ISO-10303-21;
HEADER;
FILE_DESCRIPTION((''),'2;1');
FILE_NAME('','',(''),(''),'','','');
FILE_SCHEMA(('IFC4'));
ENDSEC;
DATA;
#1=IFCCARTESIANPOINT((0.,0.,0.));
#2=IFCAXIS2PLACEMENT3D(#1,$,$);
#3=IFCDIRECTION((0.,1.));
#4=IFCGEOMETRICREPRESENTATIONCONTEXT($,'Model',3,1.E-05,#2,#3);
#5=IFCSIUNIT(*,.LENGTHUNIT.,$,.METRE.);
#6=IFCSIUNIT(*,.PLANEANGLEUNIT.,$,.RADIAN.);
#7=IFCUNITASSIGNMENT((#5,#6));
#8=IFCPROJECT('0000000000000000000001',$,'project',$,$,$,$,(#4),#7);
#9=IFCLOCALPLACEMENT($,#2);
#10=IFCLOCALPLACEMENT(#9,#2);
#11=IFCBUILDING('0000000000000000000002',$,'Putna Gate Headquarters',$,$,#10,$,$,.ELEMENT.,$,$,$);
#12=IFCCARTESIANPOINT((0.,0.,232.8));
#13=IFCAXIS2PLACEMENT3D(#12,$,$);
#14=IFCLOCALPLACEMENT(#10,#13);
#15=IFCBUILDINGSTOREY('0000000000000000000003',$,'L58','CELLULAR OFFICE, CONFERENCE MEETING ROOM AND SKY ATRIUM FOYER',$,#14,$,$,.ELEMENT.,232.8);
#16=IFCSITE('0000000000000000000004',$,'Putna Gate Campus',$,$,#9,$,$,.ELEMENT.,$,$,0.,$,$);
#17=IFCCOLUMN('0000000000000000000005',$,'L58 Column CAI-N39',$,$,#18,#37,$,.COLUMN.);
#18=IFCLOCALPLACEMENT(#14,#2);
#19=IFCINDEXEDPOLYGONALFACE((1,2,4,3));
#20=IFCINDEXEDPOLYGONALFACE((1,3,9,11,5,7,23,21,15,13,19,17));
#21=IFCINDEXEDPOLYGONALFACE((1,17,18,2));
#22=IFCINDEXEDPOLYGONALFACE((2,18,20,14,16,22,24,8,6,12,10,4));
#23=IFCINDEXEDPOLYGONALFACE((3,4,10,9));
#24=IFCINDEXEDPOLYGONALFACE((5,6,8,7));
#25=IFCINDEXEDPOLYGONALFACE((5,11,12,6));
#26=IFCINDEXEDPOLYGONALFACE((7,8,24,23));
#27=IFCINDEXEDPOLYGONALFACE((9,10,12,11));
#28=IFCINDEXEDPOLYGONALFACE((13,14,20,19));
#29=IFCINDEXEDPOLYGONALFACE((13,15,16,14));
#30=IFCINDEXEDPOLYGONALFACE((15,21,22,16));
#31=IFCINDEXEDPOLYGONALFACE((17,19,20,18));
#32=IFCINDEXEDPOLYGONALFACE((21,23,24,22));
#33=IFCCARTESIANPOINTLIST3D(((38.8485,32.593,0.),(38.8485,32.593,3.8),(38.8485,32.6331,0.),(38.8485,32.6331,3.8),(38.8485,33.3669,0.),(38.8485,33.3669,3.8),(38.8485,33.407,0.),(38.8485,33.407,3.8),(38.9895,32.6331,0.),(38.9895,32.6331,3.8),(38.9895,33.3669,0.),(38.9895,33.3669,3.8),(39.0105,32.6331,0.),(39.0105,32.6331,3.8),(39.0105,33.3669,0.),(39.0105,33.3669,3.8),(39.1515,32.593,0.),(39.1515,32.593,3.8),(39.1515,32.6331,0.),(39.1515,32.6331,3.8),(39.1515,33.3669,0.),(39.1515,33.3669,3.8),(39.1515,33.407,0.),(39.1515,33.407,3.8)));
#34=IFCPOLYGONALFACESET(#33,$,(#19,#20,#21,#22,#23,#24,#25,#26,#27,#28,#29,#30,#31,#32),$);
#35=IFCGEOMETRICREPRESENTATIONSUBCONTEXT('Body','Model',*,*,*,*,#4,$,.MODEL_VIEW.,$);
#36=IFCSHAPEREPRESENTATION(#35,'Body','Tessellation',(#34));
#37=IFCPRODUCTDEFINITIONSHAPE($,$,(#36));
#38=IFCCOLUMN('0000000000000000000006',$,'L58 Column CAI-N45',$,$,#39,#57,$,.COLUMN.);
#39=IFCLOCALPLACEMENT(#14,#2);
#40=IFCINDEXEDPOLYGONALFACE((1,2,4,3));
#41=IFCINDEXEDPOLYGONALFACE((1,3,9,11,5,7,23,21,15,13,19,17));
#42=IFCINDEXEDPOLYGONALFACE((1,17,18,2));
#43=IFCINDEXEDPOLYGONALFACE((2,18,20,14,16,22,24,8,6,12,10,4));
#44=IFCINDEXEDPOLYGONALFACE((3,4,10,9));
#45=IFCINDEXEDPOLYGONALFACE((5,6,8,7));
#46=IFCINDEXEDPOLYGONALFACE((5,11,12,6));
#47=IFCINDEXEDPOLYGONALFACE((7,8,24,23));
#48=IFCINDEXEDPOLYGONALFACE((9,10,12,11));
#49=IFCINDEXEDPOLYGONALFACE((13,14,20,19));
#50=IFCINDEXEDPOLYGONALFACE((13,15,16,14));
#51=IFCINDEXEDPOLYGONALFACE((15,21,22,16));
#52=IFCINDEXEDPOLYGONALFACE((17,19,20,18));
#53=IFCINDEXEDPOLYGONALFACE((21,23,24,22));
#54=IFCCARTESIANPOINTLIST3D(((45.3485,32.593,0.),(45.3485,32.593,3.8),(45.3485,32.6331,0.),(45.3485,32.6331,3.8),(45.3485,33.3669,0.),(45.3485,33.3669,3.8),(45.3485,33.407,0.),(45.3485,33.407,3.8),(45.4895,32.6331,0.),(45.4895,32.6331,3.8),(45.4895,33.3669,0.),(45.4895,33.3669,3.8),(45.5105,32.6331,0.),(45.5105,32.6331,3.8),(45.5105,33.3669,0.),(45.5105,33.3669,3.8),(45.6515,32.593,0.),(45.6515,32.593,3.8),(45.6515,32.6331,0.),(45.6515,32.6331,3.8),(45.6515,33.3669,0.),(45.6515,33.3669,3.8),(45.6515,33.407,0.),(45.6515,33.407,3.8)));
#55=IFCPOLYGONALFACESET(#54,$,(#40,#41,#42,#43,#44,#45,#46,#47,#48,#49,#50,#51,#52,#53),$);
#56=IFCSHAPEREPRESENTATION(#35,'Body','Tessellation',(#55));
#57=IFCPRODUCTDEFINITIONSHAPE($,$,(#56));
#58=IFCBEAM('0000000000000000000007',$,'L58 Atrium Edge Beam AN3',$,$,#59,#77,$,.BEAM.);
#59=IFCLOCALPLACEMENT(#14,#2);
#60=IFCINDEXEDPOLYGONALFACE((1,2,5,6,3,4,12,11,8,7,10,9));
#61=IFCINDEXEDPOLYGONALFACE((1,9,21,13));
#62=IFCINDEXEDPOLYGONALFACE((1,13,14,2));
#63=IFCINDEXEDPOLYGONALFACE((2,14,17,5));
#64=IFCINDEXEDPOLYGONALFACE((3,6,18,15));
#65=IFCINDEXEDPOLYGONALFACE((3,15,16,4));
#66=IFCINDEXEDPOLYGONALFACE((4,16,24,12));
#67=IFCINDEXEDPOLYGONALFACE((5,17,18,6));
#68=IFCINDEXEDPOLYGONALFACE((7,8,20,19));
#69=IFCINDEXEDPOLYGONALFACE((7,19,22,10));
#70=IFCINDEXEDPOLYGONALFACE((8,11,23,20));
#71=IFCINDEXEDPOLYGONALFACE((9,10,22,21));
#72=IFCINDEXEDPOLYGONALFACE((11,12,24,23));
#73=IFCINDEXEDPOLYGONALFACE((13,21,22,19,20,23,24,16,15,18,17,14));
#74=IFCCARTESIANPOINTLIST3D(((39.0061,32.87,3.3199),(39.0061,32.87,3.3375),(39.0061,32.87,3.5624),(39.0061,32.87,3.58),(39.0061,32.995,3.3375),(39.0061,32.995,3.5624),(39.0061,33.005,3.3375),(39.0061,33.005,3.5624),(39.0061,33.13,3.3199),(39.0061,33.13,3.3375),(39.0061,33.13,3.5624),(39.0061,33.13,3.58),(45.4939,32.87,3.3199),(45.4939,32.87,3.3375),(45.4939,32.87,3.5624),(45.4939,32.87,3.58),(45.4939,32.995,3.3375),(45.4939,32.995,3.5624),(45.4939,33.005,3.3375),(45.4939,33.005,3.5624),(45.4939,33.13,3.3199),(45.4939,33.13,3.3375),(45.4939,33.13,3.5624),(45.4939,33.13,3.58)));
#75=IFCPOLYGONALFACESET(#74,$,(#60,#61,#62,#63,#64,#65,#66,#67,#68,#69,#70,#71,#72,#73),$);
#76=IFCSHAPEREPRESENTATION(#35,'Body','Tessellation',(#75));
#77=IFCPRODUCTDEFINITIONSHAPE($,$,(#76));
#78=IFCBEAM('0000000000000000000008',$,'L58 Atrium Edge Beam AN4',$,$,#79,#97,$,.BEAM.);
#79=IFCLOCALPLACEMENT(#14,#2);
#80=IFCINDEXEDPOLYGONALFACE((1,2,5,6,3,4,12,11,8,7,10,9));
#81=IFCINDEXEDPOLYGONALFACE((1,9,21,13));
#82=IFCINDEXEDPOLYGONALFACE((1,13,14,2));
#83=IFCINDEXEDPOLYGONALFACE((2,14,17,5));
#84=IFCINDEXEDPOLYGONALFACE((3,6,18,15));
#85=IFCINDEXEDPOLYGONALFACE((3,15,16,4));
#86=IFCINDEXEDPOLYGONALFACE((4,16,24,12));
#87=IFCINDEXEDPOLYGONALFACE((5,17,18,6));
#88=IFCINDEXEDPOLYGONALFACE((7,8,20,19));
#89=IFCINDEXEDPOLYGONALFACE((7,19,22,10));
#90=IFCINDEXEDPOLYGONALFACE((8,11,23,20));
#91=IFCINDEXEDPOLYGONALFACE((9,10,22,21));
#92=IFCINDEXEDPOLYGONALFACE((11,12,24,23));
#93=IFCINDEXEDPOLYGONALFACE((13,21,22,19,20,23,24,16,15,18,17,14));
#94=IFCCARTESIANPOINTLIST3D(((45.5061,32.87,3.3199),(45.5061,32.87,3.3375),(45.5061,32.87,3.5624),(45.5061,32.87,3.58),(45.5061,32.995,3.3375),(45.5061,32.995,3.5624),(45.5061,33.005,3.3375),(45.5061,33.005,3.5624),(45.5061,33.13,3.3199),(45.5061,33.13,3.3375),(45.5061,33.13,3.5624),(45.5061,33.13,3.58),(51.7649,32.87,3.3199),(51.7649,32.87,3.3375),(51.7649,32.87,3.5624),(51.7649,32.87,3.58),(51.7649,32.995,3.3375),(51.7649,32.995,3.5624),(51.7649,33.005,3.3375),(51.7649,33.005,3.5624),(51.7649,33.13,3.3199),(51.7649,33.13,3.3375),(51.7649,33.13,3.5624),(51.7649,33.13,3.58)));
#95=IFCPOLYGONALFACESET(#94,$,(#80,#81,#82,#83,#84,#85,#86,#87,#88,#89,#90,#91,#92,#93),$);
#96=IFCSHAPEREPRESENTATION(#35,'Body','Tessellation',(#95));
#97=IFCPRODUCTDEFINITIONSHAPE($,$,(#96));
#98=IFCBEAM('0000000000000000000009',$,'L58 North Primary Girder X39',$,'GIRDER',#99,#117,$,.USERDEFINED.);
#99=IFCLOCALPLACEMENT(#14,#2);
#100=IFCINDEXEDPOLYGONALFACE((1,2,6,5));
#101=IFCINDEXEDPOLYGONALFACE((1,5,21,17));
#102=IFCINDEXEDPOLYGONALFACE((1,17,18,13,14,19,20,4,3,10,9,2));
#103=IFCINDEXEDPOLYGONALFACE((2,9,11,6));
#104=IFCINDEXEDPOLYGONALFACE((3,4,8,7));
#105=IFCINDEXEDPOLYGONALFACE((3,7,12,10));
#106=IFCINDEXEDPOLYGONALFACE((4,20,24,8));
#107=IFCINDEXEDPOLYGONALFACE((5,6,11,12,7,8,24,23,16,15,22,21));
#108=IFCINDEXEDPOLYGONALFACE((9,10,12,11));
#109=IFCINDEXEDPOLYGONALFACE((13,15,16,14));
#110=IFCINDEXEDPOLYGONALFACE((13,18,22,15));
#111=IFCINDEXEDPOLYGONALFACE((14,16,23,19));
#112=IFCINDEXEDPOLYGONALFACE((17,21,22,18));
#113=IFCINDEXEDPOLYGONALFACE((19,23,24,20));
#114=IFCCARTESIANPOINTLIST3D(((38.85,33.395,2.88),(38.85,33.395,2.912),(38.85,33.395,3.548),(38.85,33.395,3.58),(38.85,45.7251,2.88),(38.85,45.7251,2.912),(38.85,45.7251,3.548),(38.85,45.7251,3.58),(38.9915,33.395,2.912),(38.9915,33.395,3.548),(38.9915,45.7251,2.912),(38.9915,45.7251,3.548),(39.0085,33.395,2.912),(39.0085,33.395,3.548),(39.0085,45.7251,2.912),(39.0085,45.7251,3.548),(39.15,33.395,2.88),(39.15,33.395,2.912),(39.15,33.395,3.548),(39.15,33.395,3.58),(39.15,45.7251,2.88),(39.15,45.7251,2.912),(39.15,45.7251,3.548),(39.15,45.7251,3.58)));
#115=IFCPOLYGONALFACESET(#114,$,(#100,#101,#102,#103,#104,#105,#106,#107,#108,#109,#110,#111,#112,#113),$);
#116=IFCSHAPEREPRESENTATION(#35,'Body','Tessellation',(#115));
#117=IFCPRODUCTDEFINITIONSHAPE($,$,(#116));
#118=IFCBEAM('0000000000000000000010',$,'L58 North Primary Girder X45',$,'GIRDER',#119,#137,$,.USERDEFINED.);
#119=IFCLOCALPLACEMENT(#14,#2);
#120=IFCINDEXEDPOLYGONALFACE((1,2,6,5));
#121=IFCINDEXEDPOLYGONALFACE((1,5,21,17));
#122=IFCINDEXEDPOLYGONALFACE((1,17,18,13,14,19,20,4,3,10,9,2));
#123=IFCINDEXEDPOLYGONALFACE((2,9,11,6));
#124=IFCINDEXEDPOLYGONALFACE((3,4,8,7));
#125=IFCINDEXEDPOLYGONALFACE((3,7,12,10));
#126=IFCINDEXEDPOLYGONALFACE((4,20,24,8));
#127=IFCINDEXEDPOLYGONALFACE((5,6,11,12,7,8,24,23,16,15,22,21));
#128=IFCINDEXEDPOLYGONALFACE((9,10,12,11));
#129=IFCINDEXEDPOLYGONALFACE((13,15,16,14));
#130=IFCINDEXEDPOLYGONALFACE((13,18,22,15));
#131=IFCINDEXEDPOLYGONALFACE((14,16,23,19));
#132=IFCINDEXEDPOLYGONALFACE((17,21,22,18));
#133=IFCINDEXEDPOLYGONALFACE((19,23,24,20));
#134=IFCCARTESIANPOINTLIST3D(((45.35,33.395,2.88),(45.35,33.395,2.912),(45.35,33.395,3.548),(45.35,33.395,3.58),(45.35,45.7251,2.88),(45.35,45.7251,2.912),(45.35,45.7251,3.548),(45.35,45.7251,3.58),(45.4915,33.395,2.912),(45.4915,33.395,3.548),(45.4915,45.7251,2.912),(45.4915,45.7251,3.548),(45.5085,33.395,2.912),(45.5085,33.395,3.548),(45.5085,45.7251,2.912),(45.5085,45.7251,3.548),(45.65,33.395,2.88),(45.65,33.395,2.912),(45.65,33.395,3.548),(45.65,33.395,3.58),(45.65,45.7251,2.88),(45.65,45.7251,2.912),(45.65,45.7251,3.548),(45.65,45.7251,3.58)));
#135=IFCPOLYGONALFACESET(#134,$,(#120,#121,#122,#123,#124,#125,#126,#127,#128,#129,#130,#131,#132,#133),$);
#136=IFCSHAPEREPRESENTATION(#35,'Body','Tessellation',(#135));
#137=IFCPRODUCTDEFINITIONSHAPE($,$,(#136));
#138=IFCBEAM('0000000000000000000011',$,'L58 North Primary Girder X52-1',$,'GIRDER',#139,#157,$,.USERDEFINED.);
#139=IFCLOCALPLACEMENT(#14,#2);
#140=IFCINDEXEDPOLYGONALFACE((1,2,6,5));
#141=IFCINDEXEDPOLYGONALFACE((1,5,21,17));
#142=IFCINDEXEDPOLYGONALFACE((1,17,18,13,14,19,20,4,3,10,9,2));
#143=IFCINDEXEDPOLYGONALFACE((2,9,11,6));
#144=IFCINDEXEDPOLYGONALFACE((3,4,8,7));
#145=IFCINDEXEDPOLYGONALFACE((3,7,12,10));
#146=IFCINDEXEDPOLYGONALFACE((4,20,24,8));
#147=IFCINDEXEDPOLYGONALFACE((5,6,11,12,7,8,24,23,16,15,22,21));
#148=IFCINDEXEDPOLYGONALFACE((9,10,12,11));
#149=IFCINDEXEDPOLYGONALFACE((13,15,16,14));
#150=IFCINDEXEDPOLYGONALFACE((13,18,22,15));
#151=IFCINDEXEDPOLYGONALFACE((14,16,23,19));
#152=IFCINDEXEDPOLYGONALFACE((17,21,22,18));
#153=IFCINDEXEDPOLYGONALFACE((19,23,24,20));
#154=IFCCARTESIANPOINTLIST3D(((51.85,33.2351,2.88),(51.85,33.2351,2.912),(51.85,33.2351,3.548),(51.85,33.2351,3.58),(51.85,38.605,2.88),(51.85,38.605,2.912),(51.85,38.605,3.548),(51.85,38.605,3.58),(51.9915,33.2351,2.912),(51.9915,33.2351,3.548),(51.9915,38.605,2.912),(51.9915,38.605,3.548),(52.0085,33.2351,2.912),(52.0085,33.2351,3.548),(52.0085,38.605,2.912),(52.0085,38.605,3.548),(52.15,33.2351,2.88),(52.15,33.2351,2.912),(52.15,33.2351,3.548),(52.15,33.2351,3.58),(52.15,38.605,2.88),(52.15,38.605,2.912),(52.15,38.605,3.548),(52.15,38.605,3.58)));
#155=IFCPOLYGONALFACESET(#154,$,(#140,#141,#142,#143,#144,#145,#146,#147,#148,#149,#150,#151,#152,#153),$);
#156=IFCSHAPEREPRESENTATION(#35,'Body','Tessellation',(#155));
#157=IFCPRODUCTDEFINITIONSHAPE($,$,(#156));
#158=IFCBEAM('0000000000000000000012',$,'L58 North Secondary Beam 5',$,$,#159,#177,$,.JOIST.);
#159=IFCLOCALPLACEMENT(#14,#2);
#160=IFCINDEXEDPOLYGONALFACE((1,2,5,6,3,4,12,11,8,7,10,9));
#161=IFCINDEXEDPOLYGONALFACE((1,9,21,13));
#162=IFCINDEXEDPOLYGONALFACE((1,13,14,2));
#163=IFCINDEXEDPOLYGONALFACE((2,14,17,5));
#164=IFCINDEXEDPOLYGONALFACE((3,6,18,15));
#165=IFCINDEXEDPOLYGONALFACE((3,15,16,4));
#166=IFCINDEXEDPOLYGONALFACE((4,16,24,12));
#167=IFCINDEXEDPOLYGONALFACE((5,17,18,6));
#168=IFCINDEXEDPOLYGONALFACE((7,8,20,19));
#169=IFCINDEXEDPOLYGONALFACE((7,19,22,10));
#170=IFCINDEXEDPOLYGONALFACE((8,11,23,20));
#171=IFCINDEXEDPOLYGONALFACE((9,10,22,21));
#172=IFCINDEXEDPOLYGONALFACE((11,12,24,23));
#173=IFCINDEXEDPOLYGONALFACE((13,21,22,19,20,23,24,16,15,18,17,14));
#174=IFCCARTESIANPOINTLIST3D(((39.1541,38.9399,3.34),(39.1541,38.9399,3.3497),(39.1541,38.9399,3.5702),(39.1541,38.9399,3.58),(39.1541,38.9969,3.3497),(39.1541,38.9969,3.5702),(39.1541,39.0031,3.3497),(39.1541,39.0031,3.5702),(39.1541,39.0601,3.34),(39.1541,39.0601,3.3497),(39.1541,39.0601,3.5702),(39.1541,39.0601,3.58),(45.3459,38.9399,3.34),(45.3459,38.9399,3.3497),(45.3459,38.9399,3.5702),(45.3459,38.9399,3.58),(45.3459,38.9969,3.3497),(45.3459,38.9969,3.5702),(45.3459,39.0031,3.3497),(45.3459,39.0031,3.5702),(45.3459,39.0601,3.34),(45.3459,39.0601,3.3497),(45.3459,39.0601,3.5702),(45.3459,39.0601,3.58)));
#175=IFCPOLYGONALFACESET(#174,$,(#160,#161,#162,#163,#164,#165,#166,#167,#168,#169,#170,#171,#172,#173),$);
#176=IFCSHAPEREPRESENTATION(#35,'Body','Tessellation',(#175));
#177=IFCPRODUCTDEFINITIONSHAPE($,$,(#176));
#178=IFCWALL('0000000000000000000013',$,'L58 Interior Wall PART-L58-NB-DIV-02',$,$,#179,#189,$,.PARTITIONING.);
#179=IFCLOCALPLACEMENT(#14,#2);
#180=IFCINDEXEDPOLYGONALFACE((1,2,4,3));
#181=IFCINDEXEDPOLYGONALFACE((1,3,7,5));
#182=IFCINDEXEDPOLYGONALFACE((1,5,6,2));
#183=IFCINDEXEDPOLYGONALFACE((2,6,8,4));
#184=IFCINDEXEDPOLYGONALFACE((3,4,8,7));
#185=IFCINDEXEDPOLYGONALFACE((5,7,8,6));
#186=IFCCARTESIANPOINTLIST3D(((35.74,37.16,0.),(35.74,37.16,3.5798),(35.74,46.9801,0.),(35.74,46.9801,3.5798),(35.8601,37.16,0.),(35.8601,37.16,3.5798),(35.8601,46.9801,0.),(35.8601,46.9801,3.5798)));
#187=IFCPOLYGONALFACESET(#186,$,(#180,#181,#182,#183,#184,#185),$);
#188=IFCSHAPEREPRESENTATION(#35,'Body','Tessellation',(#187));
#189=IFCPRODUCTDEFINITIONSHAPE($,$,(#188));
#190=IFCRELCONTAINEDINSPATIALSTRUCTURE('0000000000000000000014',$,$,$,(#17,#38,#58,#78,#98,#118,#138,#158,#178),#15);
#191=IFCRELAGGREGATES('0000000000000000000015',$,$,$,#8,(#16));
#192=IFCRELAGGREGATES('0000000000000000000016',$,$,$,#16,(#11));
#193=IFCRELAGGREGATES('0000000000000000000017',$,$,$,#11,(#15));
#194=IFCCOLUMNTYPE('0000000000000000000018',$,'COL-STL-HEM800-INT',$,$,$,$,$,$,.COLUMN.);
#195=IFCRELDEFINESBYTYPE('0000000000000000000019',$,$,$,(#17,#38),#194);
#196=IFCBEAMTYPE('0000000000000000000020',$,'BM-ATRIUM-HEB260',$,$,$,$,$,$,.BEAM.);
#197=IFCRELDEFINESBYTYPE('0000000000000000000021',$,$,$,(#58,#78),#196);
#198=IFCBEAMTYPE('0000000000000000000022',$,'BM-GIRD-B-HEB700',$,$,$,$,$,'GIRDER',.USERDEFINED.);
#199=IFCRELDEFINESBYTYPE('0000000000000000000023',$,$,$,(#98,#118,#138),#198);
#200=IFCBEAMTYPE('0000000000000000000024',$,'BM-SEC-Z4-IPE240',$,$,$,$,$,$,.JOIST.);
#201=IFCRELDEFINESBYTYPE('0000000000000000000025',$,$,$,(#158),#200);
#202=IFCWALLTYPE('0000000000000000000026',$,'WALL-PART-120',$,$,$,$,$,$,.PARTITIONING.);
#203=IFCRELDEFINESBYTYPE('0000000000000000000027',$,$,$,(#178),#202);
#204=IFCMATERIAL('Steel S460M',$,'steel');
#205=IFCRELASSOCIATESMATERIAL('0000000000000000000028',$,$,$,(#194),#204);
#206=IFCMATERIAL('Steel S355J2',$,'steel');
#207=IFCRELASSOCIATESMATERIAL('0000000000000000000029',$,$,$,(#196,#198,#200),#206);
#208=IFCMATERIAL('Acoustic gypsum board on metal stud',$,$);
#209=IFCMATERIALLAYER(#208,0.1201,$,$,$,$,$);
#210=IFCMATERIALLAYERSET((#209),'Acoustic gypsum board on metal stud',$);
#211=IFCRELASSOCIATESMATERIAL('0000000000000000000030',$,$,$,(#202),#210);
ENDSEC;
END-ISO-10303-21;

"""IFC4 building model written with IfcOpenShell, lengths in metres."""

from ifc_helpers import new_model, si_unit, direction, frame, frame_2d, origin, origin_2d, place, context, subcontext, project, spatial, rectangle, i_section, extrude, material, layer, layer_set, material_profile, profile_set, type_object, element, save


model = new_model("IFC4")

# Units and contexts
model_context = context("Model", 3, precision=1e-05, world=origin(), true_north=direction((0.0, 1.0)))
body_context = subcontext(model_context, "Body", "Model", "MODEL_VIEW")
ifc_project = project(units=[si_unit("LENGTHUNIT", "METRE"), si_unit("PLANEANGLEUNIT", "RADIAN")], contexts=[model_context])

# Site, building, storey
site_placement = place(None, origin())
site = spatial("IfcSite", under=ifc_project, at=site_placement, Name="Putna Gate Campus", CompositionType="ELEMENT", RefElevation=0.0)
building_placement = place(site_placement, origin())
building = spatial("IfcBuilding", under=site, at=building_placement, Name="Putna Gate Headquarters", CompositionType="ELEMENT")
storey_placement = place(building_placement, frame((0.0, 0.0, 232.8)))
storey = spatial("IfcBuildingStorey", under=building, at=storey_placement, Name="L58", Description="CELLULAR OFFICE, CONFERENCE MEETING ROOM AND SKY ATRIUM FOYER", CompositionType="ELEMENT", Elevation=232.8)

# Columns
ifc_material_1 = material(Name="Steel S460M", Category="steel")
ifc_material_profile_1 = material_profile(ifc_material_1, i_section(OverallWidth=0.303, OverallDepth=0.814, WebThickness=0.021, FlangeThickness=0.04, at=origin_2d()), Name="Steel S460M")
ifc_profile_set_1 = profile_set([ifc_material_profile_1], Name="Steel S460M")
column_type = type_object("IfcColumnType", Name="COL-STL-HEM800-INT", PredefinedType="COLUMN", material=ifc_profile_set_1)
for number, where, z_axis, x_axis, name in (
    (1, (39.0, 33.0, 0.0), (0.0, 0.0, 1.0), (1.0, 0.0, 0.0), "L58 Column CAI-N39"),
    (2, (45.5, 33.0, 0.0), (0.0, 0.0, 1.0), (1.0, 0.0, 0.0), "L58 Column CAI-N45"),
):
    element("IfcColumn", number, at=place(storey_placement, frame(where, z_axis=z_axis, x_axis=x_axis)), inside=storey, type_object=column_type, Name=name, PredefinedType="COLUMN", context=body_context, shape_type="SweptSolid", body=[
        extrude(i_section(OverallWidth=0.303, OverallDepth=0.814, WebThickness=0.021, FlangeThickness=0.04, at=origin_2d()), origin(), (0.0, 0.0, 1.0), 3.8),
    ])

# Beams
ifc_material_2 = material(Name="Steel S355J2", Category="steel")
ifc_material_profile_2 = material_profile(ifc_material_2, i_section(OverallWidth=0.26, OverallDepth=0.26, WebThickness=0.01, FlangeThickness=0.0176, at=origin_2d()), Name="Steel S355J2")
ifc_profile_set_2 = profile_set([ifc_material_profile_2], Name="Steel S355J2")
beam_type_1 = type_object("IfcBeamType", Name="BM-ATRIUM-HEB260", PredefinedType="BEAM", material=ifc_profile_set_2)
beam_1_placement = place(storey_placement, frame((39.0061, 33.0, 3.45), z_axis=(1.0, 0.0, 0.0), x_axis=(0.0, 1.0, 0.0)))
element("IfcBeam", 3, at=beam_1_placement, inside=storey, type_object=beam_type_1, Name="L58 Atrium Edge Beam AN3", PredefinedType="BEAM", context=body_context, shape_type="SweptSolid", body=[
    extrude(i_section(OverallWidth=0.26, OverallDepth=0.26, WebThickness=0.01, FlangeThickness=0.0176, at=origin_2d()), origin(), (0.0, 0.0, 1.0), 6.4878),
])
beam_2_placement = place(storey_placement, frame((45.5061, 33.0, 3.45), z_axis=(1.0, 0.0, 0.0), x_axis=(0.0, 1.0, 0.0)))
element("IfcBeam", 4, at=beam_2_placement, inside=storey, type_object=beam_type_1, Name="L58 Atrium Edge Beam AN4", PredefinedType="BEAM", context=body_context, shape_type="SweptSolid", body=[
    extrude(i_section(OverallWidth=0.26, OverallDepth=0.26, WebThickness=0.01, FlangeThickness=0.0176, at=origin_2d()), origin(), (0.0, 0.0, 1.0), 6.2588),
])
ifc_material_profile_3 = material_profile(ifc_material_2, i_section(OverallWidth=0.3, OverallDepth=0.7, WebThickness=0.0171, FlangeThickness=0.032, at=origin_2d()), Name="Steel S355J2")
ifc_profile_set_3 = profile_set([ifc_material_profile_3], Name="Steel S355J2")
beam_type_2 = type_object("IfcBeamType", Name="BM-GIRD-B-HEB700", ElementType="GIRDER", PredefinedType="USERDEFINED", material=ifc_profile_set_3)
for number, where, z_axis, x_axis, name in (
    (5, (39.0, 33.395, 3.23), (0.0, 1.0, 0.0), (-1.0, 0.0, 0.0), "L58 North Primary Girder X39"),
    (6, (45.5, 33.395, 3.23), (0.0, 1.0, 0.0), (-1.0, 0.0, 0.0), "L58 North Primary Girder X45"),
):
    element("IfcBeam", number, at=place(storey_placement, frame(where, z_axis=z_axis, x_axis=x_axis)), inside=storey, type_object=beam_type_2, Name=name, ObjectType="GIRDER", PredefinedType="USERDEFINED", context=body_context, shape_type="SweptSolid", body=[
        extrude(i_section(OverallWidth=0.3, OverallDepth=0.7, WebThickness=0.0171, FlangeThickness=0.032, at=origin_2d()), origin(), (0.0, 0.0, 1.0), 12.3301),
    ])
beam_3_placement = place(storey_placement, frame((52.0, 33.2351, 3.23), z_axis=(0.0, 1.0, 0.0), x_axis=(-1.0, 0.0, 0.0)))
element("IfcBeam", 7, at=beam_3_placement, inside=storey, type_object=beam_type_2, Name="L58 North Primary Girder X52-1", ObjectType="GIRDER", PredefinedType="USERDEFINED", context=body_context, shape_type="SweptSolid", body=[
    extrude(i_section(OverallWidth=0.3, OverallDepth=0.7, WebThickness=0.0171, FlangeThickness=0.032, at=origin_2d()), origin(), (0.0, 0.0, 1.0), 5.3699),
])
ifc_material_profile_4 = material_profile(ifc_material_2, i_section(OverallWidth=0.1201, OverallDepth=0.24, WebThickness=0.0061, FlangeThickness=0.0098, at=origin_2d()), Name="Steel S355J2")
ifc_profile_set_4 = profile_set([ifc_material_profile_4], Name="Steel S355J2")
beam_type_3 = type_object("IfcBeamType", Name="BM-SEC-Z4-IPE240", PredefinedType="JOIST", material=ifc_profile_set_4)
beam_4_placement = place(storey_placement, frame((39.1541, 39.0, 3.46), z_axis=(1.0, 0.0, 0.0), x_axis=(0.0, 1.0, 0.0)))
element("IfcBeam", 8, at=beam_4_placement, inside=storey, type_object=beam_type_3, Name="L58 North Secondary Beam 5", PredefinedType="JOIST", context=body_context, shape_type="SweptSolid", body=[
    extrude(i_section(OverallWidth=0.1201, OverallDepth=0.24, WebThickness=0.0061, FlangeThickness=0.0098, at=origin_2d()), origin(), (0.0, 0.0, 1.0), 6.1919),
])

# Shared definitions
ifc_material_3 = material(Name="Acoustic gypsum board on metal stud")
ifc_layer_1 = layer(ifc_material_3, 0.1201)
ifc_layer_set_1 = layer_set([ifc_layer_1], Name="Acoustic gypsum board on metal stud")
wall_type_1 = type_object("IfcWallType", Name="WALL-PART-120", PredefinedType="PARTITIONING", material=ifc_layer_set_1)

# Wall
for number, where, z_axis, x_axis, name in (
    (9, (35.8, 37.1599, 0.0), (0.0, 0.0, 1.0), (0.0, 1.0, 0.0), "L58 Interior Wall PART-L58-NB-DIV-02"),
):
    element("IfcWall", number, at=place(storey_placement, frame(where, z_axis=z_axis, x_axis=x_axis)), inside=storey, type_object=wall_type_1, Name=name, PredefinedType="PARTITIONING", context=body_context, shape_type="SweptSolid", body=[
        extrude(rectangle(XDim=9.8201, YDim=0.1201, at=frame_2d((4.9102, 0.0))), origin(), (0.0, 0.0, 1.0), 3.5798),
    ])

save(model, "model.ifc")
